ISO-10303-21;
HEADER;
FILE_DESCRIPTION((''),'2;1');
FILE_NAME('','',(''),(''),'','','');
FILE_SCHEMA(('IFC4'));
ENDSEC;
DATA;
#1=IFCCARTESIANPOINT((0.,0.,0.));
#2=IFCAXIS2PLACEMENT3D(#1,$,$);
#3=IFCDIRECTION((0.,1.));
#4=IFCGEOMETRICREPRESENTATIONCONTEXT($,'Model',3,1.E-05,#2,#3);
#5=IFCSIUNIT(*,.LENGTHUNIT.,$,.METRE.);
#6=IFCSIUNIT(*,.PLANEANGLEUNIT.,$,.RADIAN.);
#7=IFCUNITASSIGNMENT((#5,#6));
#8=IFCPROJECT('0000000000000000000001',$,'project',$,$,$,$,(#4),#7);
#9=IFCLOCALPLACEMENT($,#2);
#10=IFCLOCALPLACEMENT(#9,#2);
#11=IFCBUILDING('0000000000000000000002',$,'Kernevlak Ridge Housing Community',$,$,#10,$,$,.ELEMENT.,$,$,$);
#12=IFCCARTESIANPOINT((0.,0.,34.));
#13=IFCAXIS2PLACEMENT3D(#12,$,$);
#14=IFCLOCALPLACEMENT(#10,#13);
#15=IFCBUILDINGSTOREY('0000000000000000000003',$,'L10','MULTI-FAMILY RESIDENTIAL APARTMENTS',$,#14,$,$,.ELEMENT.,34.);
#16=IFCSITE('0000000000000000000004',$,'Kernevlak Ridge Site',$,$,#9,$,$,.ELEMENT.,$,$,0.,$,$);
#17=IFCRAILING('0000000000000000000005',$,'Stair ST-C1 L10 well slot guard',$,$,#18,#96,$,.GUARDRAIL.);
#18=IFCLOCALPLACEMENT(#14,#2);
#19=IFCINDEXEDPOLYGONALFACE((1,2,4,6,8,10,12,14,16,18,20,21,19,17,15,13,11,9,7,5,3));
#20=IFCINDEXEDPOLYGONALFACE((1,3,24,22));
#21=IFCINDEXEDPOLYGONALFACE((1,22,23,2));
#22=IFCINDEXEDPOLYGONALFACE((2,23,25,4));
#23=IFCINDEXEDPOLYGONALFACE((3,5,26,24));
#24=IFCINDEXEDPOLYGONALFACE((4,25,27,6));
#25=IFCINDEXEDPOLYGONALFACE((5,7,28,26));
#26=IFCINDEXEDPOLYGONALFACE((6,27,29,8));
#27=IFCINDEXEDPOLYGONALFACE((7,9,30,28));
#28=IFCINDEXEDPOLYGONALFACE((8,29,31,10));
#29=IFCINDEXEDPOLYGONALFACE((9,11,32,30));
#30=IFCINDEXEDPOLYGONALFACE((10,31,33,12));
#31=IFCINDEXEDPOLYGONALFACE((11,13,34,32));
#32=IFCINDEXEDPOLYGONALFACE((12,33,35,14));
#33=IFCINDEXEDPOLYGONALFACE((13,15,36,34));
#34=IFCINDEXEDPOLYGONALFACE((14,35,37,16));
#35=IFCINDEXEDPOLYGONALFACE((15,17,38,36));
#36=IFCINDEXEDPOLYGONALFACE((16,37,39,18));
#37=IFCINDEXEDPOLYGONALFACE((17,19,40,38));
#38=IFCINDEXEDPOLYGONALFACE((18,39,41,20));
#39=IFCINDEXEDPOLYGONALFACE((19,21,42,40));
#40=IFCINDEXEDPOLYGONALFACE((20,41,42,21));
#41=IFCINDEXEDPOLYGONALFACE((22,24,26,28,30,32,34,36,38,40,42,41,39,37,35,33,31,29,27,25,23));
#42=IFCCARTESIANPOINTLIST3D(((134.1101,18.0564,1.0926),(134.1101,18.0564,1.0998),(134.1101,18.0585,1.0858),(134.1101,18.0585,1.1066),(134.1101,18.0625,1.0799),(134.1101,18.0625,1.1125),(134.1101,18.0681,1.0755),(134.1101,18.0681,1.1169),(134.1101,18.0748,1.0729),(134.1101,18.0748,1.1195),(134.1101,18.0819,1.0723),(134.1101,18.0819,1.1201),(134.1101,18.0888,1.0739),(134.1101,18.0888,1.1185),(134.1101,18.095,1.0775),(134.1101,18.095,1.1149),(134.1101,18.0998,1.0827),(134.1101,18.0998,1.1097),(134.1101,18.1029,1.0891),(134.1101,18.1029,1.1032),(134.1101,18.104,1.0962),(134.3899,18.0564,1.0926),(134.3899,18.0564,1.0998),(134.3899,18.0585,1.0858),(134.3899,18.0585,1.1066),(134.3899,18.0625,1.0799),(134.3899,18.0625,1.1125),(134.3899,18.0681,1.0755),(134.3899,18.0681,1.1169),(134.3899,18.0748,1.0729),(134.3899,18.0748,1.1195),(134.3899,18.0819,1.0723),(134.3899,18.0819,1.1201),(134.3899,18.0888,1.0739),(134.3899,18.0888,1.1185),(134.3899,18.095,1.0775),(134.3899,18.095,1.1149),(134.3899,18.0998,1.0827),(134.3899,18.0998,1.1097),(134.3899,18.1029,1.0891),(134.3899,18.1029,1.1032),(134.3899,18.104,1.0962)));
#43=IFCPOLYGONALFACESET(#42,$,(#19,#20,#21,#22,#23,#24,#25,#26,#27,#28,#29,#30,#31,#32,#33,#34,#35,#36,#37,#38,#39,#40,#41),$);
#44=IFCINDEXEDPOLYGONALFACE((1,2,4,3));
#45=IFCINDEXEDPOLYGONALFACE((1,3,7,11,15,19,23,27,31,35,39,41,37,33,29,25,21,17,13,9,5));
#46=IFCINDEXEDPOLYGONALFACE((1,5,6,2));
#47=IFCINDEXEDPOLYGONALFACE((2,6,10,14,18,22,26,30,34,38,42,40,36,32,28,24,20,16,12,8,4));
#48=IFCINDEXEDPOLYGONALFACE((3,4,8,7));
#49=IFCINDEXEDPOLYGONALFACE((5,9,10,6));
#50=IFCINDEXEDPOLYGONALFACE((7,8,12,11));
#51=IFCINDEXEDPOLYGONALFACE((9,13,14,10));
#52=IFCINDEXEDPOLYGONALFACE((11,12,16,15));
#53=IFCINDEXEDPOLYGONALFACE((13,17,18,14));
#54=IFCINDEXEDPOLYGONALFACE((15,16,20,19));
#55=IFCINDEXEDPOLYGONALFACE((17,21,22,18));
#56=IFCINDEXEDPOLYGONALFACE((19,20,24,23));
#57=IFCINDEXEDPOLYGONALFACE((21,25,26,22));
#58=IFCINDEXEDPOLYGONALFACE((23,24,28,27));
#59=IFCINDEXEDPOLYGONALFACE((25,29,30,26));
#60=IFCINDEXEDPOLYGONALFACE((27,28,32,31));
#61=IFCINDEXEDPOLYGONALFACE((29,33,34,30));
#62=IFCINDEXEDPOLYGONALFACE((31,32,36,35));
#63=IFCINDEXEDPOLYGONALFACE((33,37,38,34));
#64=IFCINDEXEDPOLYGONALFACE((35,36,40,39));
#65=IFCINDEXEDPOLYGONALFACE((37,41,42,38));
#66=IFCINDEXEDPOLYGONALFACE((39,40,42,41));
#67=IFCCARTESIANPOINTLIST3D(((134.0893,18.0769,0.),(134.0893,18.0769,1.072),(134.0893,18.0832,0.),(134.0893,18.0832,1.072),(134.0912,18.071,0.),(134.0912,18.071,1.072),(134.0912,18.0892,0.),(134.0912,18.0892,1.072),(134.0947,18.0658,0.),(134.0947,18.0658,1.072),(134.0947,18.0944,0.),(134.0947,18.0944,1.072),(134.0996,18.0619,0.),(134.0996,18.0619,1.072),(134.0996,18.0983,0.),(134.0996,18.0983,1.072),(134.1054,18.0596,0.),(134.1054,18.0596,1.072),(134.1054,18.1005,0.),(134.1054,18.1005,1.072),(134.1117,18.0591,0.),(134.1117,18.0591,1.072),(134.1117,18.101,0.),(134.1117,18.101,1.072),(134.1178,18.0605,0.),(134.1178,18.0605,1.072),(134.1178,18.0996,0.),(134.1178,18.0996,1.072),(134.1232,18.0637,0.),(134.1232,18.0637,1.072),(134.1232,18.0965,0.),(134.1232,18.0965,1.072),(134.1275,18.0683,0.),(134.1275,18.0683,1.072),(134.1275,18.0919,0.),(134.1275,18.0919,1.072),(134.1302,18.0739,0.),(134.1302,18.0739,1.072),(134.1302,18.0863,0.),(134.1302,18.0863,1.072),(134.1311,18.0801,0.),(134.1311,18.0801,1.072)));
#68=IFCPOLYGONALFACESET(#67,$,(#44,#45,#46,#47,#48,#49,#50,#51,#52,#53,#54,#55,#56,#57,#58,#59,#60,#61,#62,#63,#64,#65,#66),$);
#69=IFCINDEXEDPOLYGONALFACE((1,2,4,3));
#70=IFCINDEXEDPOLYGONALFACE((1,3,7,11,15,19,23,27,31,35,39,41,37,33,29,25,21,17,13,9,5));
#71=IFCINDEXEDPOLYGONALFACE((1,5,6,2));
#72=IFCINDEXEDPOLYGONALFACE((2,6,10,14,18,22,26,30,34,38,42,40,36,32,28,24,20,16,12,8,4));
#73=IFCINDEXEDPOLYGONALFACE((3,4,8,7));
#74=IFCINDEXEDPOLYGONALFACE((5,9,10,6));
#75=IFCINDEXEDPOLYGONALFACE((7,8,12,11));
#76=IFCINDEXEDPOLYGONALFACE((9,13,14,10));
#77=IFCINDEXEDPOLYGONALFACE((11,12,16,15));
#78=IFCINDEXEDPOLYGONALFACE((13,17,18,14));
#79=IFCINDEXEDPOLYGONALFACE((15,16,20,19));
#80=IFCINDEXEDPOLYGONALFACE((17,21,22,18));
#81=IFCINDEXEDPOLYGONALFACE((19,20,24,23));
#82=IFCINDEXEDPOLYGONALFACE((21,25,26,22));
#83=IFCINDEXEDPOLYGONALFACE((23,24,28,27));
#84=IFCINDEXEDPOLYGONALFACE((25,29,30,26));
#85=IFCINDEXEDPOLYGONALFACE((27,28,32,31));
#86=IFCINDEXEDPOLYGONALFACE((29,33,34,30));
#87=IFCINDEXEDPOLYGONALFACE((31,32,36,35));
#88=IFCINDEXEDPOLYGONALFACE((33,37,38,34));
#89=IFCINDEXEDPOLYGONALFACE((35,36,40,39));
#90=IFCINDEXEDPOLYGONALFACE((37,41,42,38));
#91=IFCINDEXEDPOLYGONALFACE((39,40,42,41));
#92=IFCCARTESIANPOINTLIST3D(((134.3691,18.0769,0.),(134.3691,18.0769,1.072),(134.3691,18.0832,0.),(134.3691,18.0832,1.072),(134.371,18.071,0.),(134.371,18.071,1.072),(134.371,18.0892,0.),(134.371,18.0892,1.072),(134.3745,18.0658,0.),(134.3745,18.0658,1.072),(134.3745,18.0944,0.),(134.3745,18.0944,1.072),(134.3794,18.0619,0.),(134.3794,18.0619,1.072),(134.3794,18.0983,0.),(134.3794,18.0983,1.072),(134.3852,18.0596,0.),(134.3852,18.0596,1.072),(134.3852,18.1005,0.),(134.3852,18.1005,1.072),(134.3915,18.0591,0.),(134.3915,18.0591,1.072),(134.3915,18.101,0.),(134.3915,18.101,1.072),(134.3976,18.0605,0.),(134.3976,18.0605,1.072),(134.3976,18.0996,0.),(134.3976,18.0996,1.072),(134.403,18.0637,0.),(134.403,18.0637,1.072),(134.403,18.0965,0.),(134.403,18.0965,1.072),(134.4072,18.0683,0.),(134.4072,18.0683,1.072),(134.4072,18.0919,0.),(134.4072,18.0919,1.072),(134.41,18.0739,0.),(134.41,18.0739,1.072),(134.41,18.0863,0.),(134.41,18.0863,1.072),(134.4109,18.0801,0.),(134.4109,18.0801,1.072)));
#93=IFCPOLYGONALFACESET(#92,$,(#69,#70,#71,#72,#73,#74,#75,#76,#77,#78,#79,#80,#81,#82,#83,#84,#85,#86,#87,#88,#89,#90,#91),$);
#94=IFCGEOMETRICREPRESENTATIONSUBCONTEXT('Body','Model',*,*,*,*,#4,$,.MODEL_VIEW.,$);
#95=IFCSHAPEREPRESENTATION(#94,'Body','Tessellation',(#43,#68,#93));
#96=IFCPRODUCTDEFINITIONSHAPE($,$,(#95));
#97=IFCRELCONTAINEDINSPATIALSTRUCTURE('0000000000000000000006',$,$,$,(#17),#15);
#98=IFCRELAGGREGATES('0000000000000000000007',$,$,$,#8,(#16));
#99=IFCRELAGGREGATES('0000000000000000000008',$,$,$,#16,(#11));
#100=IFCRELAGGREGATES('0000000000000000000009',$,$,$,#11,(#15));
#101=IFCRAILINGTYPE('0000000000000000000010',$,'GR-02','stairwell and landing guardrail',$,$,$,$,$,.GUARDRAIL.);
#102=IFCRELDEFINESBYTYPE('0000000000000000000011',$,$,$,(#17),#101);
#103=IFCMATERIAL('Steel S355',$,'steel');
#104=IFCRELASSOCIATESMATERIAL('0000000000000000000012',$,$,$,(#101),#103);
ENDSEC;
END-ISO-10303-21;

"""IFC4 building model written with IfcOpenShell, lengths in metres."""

from ifc_helpers import new_model, si_unit, direction, frame, origin, origin_2d, place, context, subcontext, project, spatial, circle, extrude, material, type_object, element, save


model = new_model("IFC4")

# Units and contexts
model_context = context("Model", 3, precision=1e-05, world=origin(), true_north=direction((0.0, 1.0)))
body_context = subcontext(model_context, "Body", "Model", "MODEL_VIEW")
ifc_project = project(units=[si_unit("LENGTHUNIT", "METRE"), si_unit("PLANEANGLEUNIT", "RADIAN")], contexts=[model_context])

# Site, building, storey
site_placement = place(None, origin())
site = spatial("IfcSite", under=ifc_project, at=site_placement, Name="Kernevlak Ridge Site", CompositionType="ELEMENT", RefElevation=0.0)
building_placement = place(site_placement, origin())
building = spatial("IfcBuilding", under=site, at=building_placement, Name="Kernevlak Ridge Housing Community", CompositionType="ELEMENT")
storey_placement = place(building_placement, frame((0.0, 0.0, 34.0)))
storey = spatial("IfcBuildingStorey", under=building, at=storey_placement, Name="L10", Description="MULTI-FAMILY RESIDENTIAL APARTMENTS", CompositionType="ELEMENT", Elevation=34.0)

# Railing
ifc_material_1 = material(Name="Steel S355", Category="steel")
railing_type_1 = type_object("IfcRailingType", Name="GR-02", Description="stairwell and landing guardrail", PredefinedType="GUARDRAIL", material=ifc_material_1)
railing_1_placement = place(storey_placement, frame((134.1101, 18.0801, 0.0)))
element("IfcRailing", 1, at=railing_1_placement, inside=storey, type_object=railing_type_1, Name="Stair ST-C1 L10 well slot guard", PredefinedType="GUARDRAIL", context=body_context, shape_type="SweptSolid", body=[
    extrude(circle(Radius=0.0239, at=origin_2d()), frame((0.0, 0.0, 1.0962), z_axis=(1.0, 0.0, 0.0), x_axis=(0.0, 1.0, 0.0)), (0.0, 0.0, 1.0), 0.2798),
    extrude(circle(Radius=0.021, at=origin_2d()), origin(), (0.0, 0.0, 1.0), 1.072),
    extrude(circle(Radius=0.021, at=origin_2d()), frame((0.2798, 0.0, 0.0)), (0.0, 0.0, 1.0), 1.072),
])

save(model, "model.ifc")
